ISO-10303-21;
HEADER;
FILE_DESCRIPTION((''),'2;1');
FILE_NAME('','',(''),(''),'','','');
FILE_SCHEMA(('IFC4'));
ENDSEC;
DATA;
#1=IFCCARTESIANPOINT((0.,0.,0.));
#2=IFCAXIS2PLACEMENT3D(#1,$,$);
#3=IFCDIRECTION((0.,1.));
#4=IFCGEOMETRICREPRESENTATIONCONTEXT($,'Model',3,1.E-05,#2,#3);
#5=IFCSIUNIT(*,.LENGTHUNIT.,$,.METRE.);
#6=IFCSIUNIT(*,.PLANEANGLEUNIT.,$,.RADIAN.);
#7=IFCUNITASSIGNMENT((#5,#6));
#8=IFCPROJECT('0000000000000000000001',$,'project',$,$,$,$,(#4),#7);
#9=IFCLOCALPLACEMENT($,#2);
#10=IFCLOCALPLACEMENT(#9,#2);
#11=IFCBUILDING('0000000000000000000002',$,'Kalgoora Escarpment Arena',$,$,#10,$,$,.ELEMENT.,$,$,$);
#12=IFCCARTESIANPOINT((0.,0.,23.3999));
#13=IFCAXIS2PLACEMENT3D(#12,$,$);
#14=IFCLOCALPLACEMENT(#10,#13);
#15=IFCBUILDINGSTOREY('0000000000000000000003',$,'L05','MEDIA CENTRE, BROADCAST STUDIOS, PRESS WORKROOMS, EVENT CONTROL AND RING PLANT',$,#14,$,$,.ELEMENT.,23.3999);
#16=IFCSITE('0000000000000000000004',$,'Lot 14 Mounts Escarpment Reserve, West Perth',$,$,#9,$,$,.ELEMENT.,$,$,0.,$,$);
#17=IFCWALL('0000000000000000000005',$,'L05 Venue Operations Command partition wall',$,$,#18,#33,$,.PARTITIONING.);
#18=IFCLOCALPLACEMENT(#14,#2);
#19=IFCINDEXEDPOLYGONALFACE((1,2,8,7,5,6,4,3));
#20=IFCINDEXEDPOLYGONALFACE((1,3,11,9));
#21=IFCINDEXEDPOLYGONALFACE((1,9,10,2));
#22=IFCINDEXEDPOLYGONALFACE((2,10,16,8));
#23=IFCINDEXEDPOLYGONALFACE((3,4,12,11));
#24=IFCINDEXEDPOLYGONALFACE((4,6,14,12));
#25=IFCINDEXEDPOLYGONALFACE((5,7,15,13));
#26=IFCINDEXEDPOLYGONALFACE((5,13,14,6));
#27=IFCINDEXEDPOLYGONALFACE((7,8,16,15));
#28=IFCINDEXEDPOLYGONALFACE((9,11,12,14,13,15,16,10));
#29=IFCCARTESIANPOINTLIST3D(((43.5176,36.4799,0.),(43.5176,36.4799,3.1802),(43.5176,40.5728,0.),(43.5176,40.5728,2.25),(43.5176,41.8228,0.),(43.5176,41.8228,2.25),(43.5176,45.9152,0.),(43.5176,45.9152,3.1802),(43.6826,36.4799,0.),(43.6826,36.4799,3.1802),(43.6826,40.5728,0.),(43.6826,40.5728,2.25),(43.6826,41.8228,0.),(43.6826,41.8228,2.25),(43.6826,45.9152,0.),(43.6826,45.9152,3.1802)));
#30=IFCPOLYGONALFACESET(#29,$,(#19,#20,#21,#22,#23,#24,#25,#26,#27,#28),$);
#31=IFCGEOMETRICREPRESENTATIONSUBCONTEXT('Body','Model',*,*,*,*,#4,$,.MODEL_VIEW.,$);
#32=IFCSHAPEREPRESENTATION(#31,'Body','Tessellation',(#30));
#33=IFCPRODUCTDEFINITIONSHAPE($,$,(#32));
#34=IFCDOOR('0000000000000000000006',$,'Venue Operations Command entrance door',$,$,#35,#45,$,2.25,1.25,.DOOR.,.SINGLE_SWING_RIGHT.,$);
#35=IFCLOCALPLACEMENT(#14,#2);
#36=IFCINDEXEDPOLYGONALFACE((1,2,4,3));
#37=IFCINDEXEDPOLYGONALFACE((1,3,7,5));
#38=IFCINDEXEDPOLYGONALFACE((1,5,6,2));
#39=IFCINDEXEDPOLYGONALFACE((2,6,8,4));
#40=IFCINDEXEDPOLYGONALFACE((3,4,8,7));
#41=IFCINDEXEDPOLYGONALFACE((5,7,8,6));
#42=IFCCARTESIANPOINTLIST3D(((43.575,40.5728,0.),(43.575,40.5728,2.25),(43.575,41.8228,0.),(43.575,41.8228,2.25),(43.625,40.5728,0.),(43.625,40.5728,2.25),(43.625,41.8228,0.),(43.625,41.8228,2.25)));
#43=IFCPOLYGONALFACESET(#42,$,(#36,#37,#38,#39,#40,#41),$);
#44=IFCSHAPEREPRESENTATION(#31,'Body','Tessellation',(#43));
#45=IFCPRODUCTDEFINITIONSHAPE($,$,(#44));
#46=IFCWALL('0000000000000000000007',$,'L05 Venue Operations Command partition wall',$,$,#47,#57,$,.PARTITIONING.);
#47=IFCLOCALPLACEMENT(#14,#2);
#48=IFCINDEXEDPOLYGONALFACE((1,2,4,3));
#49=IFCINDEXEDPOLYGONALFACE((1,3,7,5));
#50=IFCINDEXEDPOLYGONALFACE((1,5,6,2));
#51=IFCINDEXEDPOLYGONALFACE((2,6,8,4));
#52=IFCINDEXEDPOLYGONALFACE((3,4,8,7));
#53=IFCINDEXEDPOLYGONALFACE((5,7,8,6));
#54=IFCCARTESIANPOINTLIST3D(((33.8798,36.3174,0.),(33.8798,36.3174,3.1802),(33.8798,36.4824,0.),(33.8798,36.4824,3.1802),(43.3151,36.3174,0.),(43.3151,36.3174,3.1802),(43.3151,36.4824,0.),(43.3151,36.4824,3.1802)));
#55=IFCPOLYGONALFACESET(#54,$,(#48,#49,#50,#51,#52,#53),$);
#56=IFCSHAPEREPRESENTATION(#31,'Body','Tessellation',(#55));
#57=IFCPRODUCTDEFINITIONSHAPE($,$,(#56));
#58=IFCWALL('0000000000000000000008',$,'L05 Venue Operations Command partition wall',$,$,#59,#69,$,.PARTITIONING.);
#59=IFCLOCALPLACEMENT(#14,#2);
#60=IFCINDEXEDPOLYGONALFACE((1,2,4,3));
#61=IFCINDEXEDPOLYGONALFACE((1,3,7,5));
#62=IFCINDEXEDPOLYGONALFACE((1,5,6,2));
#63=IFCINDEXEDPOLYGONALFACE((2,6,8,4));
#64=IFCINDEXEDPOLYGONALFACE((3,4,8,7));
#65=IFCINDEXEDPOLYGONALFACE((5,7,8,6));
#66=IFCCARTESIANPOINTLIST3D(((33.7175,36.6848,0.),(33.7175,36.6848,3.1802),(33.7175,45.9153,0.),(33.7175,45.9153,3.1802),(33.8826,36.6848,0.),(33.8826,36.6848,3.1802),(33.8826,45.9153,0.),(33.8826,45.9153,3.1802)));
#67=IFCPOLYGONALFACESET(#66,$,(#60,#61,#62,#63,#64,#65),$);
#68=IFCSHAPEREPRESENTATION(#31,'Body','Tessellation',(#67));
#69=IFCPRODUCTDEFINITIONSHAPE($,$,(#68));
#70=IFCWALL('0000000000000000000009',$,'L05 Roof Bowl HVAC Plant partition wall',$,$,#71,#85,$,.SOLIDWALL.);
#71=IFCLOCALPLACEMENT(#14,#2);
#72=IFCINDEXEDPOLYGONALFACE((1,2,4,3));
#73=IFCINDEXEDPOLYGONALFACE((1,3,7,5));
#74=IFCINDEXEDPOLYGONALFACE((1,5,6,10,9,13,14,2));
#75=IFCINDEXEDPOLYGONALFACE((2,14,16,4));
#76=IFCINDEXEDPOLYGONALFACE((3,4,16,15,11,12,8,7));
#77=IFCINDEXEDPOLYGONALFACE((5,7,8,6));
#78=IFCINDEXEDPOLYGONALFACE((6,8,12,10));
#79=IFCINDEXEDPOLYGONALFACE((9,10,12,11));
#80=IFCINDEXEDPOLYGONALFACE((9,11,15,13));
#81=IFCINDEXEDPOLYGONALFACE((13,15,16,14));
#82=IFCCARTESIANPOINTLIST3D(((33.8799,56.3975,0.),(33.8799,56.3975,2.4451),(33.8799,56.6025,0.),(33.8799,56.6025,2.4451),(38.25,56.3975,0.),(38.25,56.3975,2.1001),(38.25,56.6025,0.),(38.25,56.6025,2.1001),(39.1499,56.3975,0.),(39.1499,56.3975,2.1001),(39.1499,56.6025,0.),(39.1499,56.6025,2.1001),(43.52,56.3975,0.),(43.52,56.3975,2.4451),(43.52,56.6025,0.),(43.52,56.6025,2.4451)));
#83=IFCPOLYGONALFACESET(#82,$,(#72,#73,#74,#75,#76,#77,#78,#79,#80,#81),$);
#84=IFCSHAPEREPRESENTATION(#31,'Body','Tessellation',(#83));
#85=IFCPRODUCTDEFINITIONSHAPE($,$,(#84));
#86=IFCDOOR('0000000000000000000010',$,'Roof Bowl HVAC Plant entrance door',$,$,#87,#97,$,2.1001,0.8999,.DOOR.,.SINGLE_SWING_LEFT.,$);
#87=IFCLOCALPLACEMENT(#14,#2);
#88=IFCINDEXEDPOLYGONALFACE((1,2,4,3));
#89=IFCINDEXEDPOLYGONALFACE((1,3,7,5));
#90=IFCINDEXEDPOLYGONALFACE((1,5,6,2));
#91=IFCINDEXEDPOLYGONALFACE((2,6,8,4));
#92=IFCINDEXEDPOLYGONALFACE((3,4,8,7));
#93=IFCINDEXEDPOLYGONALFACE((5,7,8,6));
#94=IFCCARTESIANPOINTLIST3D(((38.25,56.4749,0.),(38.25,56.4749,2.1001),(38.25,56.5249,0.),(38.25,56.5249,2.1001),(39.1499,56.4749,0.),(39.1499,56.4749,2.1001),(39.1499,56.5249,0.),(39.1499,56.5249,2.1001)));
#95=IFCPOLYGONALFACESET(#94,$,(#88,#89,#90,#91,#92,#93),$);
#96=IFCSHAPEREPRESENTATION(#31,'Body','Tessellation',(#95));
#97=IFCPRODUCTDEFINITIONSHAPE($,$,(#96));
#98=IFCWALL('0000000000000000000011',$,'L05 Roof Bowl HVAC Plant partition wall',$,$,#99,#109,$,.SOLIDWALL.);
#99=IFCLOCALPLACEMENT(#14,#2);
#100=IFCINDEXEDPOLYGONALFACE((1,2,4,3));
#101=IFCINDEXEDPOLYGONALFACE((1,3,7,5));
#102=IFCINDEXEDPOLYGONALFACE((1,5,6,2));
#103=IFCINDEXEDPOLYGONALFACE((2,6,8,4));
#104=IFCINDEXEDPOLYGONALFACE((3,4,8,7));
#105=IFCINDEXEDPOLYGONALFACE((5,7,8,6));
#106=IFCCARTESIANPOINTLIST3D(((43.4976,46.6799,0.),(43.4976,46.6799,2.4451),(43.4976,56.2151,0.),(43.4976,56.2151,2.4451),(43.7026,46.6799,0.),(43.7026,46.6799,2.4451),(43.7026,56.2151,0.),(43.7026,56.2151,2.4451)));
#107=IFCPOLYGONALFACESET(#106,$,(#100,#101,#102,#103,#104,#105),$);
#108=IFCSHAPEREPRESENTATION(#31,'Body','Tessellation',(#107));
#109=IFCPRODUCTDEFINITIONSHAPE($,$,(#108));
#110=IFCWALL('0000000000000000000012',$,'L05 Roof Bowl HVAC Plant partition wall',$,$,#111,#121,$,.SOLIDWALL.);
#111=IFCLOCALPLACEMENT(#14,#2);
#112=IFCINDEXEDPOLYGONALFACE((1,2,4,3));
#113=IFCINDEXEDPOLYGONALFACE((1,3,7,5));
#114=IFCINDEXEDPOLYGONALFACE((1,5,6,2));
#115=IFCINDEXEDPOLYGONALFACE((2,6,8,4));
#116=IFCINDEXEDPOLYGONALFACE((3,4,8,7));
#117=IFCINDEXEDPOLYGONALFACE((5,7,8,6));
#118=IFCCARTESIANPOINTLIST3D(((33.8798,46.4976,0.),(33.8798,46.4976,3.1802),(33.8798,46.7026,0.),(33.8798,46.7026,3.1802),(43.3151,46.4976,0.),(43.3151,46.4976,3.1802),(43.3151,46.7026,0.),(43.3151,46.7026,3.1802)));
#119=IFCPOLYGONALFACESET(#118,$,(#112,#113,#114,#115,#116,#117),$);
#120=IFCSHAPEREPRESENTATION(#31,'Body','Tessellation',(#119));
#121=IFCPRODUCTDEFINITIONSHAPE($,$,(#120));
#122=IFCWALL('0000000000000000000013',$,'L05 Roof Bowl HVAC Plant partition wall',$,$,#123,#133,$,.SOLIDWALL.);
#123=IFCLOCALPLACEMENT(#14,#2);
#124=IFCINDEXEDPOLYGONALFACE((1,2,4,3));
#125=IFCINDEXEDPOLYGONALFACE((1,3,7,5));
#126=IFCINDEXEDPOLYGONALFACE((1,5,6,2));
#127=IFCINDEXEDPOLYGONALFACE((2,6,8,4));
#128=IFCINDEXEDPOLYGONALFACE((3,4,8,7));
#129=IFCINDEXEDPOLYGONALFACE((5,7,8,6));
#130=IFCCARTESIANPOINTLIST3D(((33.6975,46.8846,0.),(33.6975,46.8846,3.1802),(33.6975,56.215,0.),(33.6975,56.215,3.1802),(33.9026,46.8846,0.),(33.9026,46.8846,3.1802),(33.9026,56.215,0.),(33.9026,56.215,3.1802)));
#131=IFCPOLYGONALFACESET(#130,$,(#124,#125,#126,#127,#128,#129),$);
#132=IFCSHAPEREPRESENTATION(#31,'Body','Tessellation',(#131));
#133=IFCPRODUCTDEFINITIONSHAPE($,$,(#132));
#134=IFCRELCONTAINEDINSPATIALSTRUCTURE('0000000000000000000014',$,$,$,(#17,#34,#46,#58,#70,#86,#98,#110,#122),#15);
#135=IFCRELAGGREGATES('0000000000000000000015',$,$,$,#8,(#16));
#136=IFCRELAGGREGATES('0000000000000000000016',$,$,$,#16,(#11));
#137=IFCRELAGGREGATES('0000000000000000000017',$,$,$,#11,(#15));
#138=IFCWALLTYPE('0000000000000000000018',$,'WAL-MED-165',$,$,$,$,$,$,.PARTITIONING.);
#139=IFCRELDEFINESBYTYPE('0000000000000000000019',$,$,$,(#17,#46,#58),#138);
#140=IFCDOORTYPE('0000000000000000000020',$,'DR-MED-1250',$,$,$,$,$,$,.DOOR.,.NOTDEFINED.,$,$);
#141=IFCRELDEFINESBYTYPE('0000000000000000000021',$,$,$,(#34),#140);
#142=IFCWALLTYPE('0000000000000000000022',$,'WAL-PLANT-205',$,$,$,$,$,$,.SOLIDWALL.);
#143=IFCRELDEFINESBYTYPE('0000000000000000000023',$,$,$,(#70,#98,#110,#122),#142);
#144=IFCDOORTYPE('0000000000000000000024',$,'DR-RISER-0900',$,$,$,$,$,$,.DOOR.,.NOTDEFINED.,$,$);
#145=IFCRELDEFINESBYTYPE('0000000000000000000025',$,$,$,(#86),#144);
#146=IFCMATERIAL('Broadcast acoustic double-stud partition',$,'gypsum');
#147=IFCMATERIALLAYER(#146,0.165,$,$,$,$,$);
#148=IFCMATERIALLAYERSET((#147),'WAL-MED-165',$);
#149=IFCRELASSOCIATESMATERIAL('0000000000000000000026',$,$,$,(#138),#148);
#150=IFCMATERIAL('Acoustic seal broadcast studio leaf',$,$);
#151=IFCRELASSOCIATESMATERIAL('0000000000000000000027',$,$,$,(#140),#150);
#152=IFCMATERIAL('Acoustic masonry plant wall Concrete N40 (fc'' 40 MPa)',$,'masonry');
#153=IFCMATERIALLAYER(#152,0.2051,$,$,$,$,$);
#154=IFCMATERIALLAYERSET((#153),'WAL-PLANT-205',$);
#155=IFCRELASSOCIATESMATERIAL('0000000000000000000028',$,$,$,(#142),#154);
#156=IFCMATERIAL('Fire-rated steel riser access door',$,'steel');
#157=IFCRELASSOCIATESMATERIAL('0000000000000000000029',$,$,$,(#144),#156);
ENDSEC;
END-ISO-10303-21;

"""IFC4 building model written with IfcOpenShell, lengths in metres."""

from ifc_helpers import new_model, si_unit, direction, frame, frame_2d, origin, place, context, subcontext, project, spatial, rectangle, extrude, material, layer, layer_set, type_object, element, fill, save


model = new_model("IFC4")

# Units and contexts
model_context = context("Model", 3, precision=1e-05, world=origin(), true_north=direction((0.0, 1.0)))
body_context = subcontext(model_context, "Body", "Model", "MODEL_VIEW")
ifc_project = project(units=[si_unit("LENGTHUNIT", "METRE"), si_unit("PLANEANGLEUNIT", "RADIAN")], contexts=[model_context])

# Site, building, storey
site_placement = place(None, origin())
site = spatial("IfcSite", under=ifc_project, at=site_placement, Name="Lot 14 Mounts Escarpment Reserve, West Perth", CompositionType="ELEMENT", RefElevation=0.0)
building_placement = place(site_placement, origin())
building = spatial("IfcBuilding", under=site, at=building_placement, Name="Kalgoora Escarpment Arena", CompositionType="ELEMENT")
storey_placement = place(building_placement, frame((0.0, 0.0, 23.3999)))
storey = spatial("IfcBuildingStorey", under=building, at=storey_placement, Name="L05", Description="MEDIA CENTRE, BROADCAST STUDIOS, PRESS WORKROOMS, EVENT CONTROL AND RING PLANT", CompositionType="ELEMENT", Elevation=23.3999)

# Shared definitions
ifc_material_1 = material(Name="Broadcast acoustic double-stud partition", Category="gypsum")
ifc_layer_1 = layer(ifc_material_1, 0.165)
ifc_layer_set_1 = layer_set([ifc_layer_1], Name="WAL-MED-165")
wall_type_1 = type_object("IfcWallType", Name="WAL-MED-165", PredefinedType="PARTITIONING", material=ifc_layer_set_1)

# Wall, opening, door
wall_1_placement = place(storey_placement, frame((43.6001, 45.9153, 0.0), z_axis=(0.0, 0.0, 1.0), x_axis=(0.0, -1.0, 0.0)))
wall_1 = element("IfcWall", 1, at=wall_1_placement, inside=storey, type_object=wall_type_1, Name="L05 Venue Operations Command partition wall", PredefinedType="PARTITIONING", context=body_context, shape_type="SweptSolid", body=[
    extrude(rectangle(XDim=9.4353, YDim=0.165, at=frame_2d((4.7178, 0.0))), origin(), (0.0, 0.0, 1.0), 3.1802),
])
opening_1_placement = place(wall_1_placement, frame((4.0925, 0.0, 0.0)))
opening_1 = element("IfcOpeningElement", 2, at=opening_1_placement, cuts=wall_1, PredefinedType="OPENING", context=body_context, shape_type="SweptSolid", body=[
    extrude(rectangle(XDim=1.25, YDim=2.25, at=frame_2d((0.625, 1.125))), frame((0.0, 0.0925, 0.0), z_axis=(0.0, -1.0, 0.0), x_axis=(1.0, 0.0, 0.0)), (0.0, 0.0, 1.0), 0.1851),
])
ifc_material_2 = material(Name="Acoustic seal broadcast studio leaf")
door_type_1 = type_object("IfcDoorType", Name="DR-MED-1250", OperationType="NOTDEFINED", PredefinedType="DOOR", material=ifc_material_2)
door_1_placement = place(opening_1_placement, origin())
door_1 = element("IfcDoor", 3, at=door_1_placement, inside=storey, type_object=door_type_1, Name="Venue Operations Command entrance door", OperationType="SINGLE_SWING_RIGHT", OverallHeight=2.25, OverallWidth=1.25, PredefinedType="DOOR", context=body_context, shape_type="SweptSolid", body=[
    extrude(rectangle(XDim=1.25, YDim=2.25, at=frame_2d((0.625, 1.125))), frame((0.0, 0.0249, 0.0), z_axis=(0.0, -1.0, 0.0), x_axis=(1.0, 0.0, 0.0)), (0.0, 0.0, 1.0), 0.05),
])
fill(opening_1, door_1)

# Walls
wall_2_placement = place(storey_placement, frame((43.3152, 36.3999, 0.0), z_axis=(0.0, 0.0, 1.0), x_axis=(-1.0, 0.0, 0.0)))
element("IfcWall", 4, at=wall_2_placement, inside=storey, type_object=wall_type_1, Name="L05 Venue Operations Command partition wall", PredefinedType="PARTITIONING", context=body_context, shape_type="SweptSolid", body=[
    extrude(rectangle(XDim=9.4353, YDim=0.165, at=frame_2d((4.7178, 0.0))), origin(), (0.0, 0.0, 1.0), 3.1802),
])
wall_3_placement = place(storey_placement, frame((33.8, 36.6848, 0.0), z_axis=(0.0, 0.0, 1.0), x_axis=(0.0, 1.0, 0.0)))
element("IfcWall", 5, at=wall_3_placement, inside=storey, type_object=wall_type_1, Name="L05 Venue Operations Command partition wall", PredefinedType="PARTITIONING", context=body_context, shape_type="SweptSolid", body=[
    extrude(rectangle(XDim=9.2305, YDim=0.165, at=frame_2d((4.6152, 0.0))), origin(), (0.0, 0.0, 1.0), 3.1802),
])

# Wall, opening, door
ifc_material_3 = material(Name="Acoustic masonry plant wall Concrete N40 (fc' 40 MPa)", Category="masonry")
ifc_layer_2 = layer(ifc_material_3, 0.2051)
ifc_layer_set_2 = layer_set([ifc_layer_2], Name="WAL-PLANT-205")
wall_type_2 = type_object("IfcWallType", Name="WAL-PLANT-205", PredefinedType="SOLIDWALL", material=ifc_layer_set_2)
wall_4_placement = place(storey_placement, frame((33.8799, 56.5, 0.0), z_axis=(0.0, 0.0, 1.0), x_axis=(1.0, 0.0, 0.0)))
wall_4 = element("IfcWall", 6, at=wall_4_placement, inside=storey, type_object=wall_type_2, Name="L05 Roof Bowl HVAC Plant partition wall", PredefinedType="SOLIDWALL", context=body_context, shape_type="SweptSolid", body=[
    extrude(rectangle(XDim=9.6401, YDim=0.2051, at=frame_2d((4.8201, 0.0))), origin(), (0.0, 0.0, 1.0), 2.4451),
])
opening_2_placement = place(wall_4_placement, frame((4.3701, 0.0, 0.0)))
opening_2 = element("IfcOpeningElement", 7, at=opening_2_placement, cuts=wall_4, PredefinedType="OPENING", context=body_context, shape_type="SweptSolid", body=[
    extrude(rectangle(XDim=0.8999, YDim=2.1001, at=frame_2d((0.45, 1.05))), frame((0.0, 0.1125, 0.0), z_axis=(0.0, -1.0, 0.0), x_axis=(1.0, 0.0, 0.0)), (0.0, 0.0, 1.0), 0.2251),
])
ifc_material_4 = material(Name="Fire-rated steel riser access door", Category="steel")
door_type_2 = type_object("IfcDoorType", Name="DR-RISER-0900", OperationType="NOTDEFINED", PredefinedType="DOOR", material=ifc_material_4)
door_2_placement = place(opening_2_placement, origin())
door_2 = element("IfcDoor", 8, at=door_2_placement, inside=storey, type_object=door_type_2, Name="Roof Bowl HVAC Plant entrance door", OperationType="SINGLE_SWING_LEFT", OverallHeight=2.1001, OverallWidth=0.8999, PredefinedType="DOOR", context=body_context, shape_type="SweptSolid", body=[
    extrude(rectangle(XDim=0.8999, YDim=2.1001, at=frame_2d((0.45, 1.05))), frame((0.0, 0.0249, 0.0), z_axis=(0.0, -1.0, 0.0), x_axis=(1.0, 0.0, 0.0)), (0.0, 0.0, 1.0), 0.05),
])
fill(opening_2, door_2)

# Walls
wall_5_placement = place(storey_placement, frame((43.6001, 56.2151, 0.0), z_axis=(0.0, 0.0, 1.0), x_axis=(0.0, -1.0, 0.0)))
element("IfcWall", 9, at=wall_5_placement, inside=storey, type_object=wall_type_2, Name="L05 Roof Bowl HVAC Plant partition wall", PredefinedType="SOLIDWALL", context=body_context, shape_type="SweptSolid", body=[
    extrude(rectangle(XDim=9.5352, YDim=0.2051, at=frame_2d((4.7676, 0.0))), origin(), (0.0, 0.0, 1.0), 2.4451),
])
wall_6_placement = place(storey_placement, frame((43.3152, 46.6001, 0.0), z_axis=(0.0, 0.0, 1.0), x_axis=(-1.0, 0.0, 0.0)))
element("IfcWall", 10, at=wall_6_placement, inside=storey, type_object=wall_type_2, Name="L05 Roof Bowl HVAC Plant partition wall", PredefinedType="SOLIDWALL", context=body_context, shape_type="SweptSolid", body=[
    extrude(rectangle(XDim=9.4353, YDim=0.2051, at=frame_2d((4.7178, 0.0))), origin(), (0.0, 0.0, 1.0), 3.1802),
])
wall_7_placement = place(storey_placement, frame((33.8, 46.8848, 0.0), z_axis=(0.0, 0.0, 1.0), x_axis=(0.0, 1.0, 0.0)))
element("IfcWall", 11, at=wall_7_placement, inside=storey, type_object=wall_type_2, Name="L05 Roof Bowl HVAC Plant partition wall", PredefinedType="SOLIDWALL", context=body_context, shape_type="SweptSolid", body=[
    extrude(rectangle(XDim=9.3303, YDim=0.2051, at=frame_2d((4.665, 0.0))), origin(), (0.0, 0.0, 1.0), 3.1802),
])

save(model, "model.ifc")
